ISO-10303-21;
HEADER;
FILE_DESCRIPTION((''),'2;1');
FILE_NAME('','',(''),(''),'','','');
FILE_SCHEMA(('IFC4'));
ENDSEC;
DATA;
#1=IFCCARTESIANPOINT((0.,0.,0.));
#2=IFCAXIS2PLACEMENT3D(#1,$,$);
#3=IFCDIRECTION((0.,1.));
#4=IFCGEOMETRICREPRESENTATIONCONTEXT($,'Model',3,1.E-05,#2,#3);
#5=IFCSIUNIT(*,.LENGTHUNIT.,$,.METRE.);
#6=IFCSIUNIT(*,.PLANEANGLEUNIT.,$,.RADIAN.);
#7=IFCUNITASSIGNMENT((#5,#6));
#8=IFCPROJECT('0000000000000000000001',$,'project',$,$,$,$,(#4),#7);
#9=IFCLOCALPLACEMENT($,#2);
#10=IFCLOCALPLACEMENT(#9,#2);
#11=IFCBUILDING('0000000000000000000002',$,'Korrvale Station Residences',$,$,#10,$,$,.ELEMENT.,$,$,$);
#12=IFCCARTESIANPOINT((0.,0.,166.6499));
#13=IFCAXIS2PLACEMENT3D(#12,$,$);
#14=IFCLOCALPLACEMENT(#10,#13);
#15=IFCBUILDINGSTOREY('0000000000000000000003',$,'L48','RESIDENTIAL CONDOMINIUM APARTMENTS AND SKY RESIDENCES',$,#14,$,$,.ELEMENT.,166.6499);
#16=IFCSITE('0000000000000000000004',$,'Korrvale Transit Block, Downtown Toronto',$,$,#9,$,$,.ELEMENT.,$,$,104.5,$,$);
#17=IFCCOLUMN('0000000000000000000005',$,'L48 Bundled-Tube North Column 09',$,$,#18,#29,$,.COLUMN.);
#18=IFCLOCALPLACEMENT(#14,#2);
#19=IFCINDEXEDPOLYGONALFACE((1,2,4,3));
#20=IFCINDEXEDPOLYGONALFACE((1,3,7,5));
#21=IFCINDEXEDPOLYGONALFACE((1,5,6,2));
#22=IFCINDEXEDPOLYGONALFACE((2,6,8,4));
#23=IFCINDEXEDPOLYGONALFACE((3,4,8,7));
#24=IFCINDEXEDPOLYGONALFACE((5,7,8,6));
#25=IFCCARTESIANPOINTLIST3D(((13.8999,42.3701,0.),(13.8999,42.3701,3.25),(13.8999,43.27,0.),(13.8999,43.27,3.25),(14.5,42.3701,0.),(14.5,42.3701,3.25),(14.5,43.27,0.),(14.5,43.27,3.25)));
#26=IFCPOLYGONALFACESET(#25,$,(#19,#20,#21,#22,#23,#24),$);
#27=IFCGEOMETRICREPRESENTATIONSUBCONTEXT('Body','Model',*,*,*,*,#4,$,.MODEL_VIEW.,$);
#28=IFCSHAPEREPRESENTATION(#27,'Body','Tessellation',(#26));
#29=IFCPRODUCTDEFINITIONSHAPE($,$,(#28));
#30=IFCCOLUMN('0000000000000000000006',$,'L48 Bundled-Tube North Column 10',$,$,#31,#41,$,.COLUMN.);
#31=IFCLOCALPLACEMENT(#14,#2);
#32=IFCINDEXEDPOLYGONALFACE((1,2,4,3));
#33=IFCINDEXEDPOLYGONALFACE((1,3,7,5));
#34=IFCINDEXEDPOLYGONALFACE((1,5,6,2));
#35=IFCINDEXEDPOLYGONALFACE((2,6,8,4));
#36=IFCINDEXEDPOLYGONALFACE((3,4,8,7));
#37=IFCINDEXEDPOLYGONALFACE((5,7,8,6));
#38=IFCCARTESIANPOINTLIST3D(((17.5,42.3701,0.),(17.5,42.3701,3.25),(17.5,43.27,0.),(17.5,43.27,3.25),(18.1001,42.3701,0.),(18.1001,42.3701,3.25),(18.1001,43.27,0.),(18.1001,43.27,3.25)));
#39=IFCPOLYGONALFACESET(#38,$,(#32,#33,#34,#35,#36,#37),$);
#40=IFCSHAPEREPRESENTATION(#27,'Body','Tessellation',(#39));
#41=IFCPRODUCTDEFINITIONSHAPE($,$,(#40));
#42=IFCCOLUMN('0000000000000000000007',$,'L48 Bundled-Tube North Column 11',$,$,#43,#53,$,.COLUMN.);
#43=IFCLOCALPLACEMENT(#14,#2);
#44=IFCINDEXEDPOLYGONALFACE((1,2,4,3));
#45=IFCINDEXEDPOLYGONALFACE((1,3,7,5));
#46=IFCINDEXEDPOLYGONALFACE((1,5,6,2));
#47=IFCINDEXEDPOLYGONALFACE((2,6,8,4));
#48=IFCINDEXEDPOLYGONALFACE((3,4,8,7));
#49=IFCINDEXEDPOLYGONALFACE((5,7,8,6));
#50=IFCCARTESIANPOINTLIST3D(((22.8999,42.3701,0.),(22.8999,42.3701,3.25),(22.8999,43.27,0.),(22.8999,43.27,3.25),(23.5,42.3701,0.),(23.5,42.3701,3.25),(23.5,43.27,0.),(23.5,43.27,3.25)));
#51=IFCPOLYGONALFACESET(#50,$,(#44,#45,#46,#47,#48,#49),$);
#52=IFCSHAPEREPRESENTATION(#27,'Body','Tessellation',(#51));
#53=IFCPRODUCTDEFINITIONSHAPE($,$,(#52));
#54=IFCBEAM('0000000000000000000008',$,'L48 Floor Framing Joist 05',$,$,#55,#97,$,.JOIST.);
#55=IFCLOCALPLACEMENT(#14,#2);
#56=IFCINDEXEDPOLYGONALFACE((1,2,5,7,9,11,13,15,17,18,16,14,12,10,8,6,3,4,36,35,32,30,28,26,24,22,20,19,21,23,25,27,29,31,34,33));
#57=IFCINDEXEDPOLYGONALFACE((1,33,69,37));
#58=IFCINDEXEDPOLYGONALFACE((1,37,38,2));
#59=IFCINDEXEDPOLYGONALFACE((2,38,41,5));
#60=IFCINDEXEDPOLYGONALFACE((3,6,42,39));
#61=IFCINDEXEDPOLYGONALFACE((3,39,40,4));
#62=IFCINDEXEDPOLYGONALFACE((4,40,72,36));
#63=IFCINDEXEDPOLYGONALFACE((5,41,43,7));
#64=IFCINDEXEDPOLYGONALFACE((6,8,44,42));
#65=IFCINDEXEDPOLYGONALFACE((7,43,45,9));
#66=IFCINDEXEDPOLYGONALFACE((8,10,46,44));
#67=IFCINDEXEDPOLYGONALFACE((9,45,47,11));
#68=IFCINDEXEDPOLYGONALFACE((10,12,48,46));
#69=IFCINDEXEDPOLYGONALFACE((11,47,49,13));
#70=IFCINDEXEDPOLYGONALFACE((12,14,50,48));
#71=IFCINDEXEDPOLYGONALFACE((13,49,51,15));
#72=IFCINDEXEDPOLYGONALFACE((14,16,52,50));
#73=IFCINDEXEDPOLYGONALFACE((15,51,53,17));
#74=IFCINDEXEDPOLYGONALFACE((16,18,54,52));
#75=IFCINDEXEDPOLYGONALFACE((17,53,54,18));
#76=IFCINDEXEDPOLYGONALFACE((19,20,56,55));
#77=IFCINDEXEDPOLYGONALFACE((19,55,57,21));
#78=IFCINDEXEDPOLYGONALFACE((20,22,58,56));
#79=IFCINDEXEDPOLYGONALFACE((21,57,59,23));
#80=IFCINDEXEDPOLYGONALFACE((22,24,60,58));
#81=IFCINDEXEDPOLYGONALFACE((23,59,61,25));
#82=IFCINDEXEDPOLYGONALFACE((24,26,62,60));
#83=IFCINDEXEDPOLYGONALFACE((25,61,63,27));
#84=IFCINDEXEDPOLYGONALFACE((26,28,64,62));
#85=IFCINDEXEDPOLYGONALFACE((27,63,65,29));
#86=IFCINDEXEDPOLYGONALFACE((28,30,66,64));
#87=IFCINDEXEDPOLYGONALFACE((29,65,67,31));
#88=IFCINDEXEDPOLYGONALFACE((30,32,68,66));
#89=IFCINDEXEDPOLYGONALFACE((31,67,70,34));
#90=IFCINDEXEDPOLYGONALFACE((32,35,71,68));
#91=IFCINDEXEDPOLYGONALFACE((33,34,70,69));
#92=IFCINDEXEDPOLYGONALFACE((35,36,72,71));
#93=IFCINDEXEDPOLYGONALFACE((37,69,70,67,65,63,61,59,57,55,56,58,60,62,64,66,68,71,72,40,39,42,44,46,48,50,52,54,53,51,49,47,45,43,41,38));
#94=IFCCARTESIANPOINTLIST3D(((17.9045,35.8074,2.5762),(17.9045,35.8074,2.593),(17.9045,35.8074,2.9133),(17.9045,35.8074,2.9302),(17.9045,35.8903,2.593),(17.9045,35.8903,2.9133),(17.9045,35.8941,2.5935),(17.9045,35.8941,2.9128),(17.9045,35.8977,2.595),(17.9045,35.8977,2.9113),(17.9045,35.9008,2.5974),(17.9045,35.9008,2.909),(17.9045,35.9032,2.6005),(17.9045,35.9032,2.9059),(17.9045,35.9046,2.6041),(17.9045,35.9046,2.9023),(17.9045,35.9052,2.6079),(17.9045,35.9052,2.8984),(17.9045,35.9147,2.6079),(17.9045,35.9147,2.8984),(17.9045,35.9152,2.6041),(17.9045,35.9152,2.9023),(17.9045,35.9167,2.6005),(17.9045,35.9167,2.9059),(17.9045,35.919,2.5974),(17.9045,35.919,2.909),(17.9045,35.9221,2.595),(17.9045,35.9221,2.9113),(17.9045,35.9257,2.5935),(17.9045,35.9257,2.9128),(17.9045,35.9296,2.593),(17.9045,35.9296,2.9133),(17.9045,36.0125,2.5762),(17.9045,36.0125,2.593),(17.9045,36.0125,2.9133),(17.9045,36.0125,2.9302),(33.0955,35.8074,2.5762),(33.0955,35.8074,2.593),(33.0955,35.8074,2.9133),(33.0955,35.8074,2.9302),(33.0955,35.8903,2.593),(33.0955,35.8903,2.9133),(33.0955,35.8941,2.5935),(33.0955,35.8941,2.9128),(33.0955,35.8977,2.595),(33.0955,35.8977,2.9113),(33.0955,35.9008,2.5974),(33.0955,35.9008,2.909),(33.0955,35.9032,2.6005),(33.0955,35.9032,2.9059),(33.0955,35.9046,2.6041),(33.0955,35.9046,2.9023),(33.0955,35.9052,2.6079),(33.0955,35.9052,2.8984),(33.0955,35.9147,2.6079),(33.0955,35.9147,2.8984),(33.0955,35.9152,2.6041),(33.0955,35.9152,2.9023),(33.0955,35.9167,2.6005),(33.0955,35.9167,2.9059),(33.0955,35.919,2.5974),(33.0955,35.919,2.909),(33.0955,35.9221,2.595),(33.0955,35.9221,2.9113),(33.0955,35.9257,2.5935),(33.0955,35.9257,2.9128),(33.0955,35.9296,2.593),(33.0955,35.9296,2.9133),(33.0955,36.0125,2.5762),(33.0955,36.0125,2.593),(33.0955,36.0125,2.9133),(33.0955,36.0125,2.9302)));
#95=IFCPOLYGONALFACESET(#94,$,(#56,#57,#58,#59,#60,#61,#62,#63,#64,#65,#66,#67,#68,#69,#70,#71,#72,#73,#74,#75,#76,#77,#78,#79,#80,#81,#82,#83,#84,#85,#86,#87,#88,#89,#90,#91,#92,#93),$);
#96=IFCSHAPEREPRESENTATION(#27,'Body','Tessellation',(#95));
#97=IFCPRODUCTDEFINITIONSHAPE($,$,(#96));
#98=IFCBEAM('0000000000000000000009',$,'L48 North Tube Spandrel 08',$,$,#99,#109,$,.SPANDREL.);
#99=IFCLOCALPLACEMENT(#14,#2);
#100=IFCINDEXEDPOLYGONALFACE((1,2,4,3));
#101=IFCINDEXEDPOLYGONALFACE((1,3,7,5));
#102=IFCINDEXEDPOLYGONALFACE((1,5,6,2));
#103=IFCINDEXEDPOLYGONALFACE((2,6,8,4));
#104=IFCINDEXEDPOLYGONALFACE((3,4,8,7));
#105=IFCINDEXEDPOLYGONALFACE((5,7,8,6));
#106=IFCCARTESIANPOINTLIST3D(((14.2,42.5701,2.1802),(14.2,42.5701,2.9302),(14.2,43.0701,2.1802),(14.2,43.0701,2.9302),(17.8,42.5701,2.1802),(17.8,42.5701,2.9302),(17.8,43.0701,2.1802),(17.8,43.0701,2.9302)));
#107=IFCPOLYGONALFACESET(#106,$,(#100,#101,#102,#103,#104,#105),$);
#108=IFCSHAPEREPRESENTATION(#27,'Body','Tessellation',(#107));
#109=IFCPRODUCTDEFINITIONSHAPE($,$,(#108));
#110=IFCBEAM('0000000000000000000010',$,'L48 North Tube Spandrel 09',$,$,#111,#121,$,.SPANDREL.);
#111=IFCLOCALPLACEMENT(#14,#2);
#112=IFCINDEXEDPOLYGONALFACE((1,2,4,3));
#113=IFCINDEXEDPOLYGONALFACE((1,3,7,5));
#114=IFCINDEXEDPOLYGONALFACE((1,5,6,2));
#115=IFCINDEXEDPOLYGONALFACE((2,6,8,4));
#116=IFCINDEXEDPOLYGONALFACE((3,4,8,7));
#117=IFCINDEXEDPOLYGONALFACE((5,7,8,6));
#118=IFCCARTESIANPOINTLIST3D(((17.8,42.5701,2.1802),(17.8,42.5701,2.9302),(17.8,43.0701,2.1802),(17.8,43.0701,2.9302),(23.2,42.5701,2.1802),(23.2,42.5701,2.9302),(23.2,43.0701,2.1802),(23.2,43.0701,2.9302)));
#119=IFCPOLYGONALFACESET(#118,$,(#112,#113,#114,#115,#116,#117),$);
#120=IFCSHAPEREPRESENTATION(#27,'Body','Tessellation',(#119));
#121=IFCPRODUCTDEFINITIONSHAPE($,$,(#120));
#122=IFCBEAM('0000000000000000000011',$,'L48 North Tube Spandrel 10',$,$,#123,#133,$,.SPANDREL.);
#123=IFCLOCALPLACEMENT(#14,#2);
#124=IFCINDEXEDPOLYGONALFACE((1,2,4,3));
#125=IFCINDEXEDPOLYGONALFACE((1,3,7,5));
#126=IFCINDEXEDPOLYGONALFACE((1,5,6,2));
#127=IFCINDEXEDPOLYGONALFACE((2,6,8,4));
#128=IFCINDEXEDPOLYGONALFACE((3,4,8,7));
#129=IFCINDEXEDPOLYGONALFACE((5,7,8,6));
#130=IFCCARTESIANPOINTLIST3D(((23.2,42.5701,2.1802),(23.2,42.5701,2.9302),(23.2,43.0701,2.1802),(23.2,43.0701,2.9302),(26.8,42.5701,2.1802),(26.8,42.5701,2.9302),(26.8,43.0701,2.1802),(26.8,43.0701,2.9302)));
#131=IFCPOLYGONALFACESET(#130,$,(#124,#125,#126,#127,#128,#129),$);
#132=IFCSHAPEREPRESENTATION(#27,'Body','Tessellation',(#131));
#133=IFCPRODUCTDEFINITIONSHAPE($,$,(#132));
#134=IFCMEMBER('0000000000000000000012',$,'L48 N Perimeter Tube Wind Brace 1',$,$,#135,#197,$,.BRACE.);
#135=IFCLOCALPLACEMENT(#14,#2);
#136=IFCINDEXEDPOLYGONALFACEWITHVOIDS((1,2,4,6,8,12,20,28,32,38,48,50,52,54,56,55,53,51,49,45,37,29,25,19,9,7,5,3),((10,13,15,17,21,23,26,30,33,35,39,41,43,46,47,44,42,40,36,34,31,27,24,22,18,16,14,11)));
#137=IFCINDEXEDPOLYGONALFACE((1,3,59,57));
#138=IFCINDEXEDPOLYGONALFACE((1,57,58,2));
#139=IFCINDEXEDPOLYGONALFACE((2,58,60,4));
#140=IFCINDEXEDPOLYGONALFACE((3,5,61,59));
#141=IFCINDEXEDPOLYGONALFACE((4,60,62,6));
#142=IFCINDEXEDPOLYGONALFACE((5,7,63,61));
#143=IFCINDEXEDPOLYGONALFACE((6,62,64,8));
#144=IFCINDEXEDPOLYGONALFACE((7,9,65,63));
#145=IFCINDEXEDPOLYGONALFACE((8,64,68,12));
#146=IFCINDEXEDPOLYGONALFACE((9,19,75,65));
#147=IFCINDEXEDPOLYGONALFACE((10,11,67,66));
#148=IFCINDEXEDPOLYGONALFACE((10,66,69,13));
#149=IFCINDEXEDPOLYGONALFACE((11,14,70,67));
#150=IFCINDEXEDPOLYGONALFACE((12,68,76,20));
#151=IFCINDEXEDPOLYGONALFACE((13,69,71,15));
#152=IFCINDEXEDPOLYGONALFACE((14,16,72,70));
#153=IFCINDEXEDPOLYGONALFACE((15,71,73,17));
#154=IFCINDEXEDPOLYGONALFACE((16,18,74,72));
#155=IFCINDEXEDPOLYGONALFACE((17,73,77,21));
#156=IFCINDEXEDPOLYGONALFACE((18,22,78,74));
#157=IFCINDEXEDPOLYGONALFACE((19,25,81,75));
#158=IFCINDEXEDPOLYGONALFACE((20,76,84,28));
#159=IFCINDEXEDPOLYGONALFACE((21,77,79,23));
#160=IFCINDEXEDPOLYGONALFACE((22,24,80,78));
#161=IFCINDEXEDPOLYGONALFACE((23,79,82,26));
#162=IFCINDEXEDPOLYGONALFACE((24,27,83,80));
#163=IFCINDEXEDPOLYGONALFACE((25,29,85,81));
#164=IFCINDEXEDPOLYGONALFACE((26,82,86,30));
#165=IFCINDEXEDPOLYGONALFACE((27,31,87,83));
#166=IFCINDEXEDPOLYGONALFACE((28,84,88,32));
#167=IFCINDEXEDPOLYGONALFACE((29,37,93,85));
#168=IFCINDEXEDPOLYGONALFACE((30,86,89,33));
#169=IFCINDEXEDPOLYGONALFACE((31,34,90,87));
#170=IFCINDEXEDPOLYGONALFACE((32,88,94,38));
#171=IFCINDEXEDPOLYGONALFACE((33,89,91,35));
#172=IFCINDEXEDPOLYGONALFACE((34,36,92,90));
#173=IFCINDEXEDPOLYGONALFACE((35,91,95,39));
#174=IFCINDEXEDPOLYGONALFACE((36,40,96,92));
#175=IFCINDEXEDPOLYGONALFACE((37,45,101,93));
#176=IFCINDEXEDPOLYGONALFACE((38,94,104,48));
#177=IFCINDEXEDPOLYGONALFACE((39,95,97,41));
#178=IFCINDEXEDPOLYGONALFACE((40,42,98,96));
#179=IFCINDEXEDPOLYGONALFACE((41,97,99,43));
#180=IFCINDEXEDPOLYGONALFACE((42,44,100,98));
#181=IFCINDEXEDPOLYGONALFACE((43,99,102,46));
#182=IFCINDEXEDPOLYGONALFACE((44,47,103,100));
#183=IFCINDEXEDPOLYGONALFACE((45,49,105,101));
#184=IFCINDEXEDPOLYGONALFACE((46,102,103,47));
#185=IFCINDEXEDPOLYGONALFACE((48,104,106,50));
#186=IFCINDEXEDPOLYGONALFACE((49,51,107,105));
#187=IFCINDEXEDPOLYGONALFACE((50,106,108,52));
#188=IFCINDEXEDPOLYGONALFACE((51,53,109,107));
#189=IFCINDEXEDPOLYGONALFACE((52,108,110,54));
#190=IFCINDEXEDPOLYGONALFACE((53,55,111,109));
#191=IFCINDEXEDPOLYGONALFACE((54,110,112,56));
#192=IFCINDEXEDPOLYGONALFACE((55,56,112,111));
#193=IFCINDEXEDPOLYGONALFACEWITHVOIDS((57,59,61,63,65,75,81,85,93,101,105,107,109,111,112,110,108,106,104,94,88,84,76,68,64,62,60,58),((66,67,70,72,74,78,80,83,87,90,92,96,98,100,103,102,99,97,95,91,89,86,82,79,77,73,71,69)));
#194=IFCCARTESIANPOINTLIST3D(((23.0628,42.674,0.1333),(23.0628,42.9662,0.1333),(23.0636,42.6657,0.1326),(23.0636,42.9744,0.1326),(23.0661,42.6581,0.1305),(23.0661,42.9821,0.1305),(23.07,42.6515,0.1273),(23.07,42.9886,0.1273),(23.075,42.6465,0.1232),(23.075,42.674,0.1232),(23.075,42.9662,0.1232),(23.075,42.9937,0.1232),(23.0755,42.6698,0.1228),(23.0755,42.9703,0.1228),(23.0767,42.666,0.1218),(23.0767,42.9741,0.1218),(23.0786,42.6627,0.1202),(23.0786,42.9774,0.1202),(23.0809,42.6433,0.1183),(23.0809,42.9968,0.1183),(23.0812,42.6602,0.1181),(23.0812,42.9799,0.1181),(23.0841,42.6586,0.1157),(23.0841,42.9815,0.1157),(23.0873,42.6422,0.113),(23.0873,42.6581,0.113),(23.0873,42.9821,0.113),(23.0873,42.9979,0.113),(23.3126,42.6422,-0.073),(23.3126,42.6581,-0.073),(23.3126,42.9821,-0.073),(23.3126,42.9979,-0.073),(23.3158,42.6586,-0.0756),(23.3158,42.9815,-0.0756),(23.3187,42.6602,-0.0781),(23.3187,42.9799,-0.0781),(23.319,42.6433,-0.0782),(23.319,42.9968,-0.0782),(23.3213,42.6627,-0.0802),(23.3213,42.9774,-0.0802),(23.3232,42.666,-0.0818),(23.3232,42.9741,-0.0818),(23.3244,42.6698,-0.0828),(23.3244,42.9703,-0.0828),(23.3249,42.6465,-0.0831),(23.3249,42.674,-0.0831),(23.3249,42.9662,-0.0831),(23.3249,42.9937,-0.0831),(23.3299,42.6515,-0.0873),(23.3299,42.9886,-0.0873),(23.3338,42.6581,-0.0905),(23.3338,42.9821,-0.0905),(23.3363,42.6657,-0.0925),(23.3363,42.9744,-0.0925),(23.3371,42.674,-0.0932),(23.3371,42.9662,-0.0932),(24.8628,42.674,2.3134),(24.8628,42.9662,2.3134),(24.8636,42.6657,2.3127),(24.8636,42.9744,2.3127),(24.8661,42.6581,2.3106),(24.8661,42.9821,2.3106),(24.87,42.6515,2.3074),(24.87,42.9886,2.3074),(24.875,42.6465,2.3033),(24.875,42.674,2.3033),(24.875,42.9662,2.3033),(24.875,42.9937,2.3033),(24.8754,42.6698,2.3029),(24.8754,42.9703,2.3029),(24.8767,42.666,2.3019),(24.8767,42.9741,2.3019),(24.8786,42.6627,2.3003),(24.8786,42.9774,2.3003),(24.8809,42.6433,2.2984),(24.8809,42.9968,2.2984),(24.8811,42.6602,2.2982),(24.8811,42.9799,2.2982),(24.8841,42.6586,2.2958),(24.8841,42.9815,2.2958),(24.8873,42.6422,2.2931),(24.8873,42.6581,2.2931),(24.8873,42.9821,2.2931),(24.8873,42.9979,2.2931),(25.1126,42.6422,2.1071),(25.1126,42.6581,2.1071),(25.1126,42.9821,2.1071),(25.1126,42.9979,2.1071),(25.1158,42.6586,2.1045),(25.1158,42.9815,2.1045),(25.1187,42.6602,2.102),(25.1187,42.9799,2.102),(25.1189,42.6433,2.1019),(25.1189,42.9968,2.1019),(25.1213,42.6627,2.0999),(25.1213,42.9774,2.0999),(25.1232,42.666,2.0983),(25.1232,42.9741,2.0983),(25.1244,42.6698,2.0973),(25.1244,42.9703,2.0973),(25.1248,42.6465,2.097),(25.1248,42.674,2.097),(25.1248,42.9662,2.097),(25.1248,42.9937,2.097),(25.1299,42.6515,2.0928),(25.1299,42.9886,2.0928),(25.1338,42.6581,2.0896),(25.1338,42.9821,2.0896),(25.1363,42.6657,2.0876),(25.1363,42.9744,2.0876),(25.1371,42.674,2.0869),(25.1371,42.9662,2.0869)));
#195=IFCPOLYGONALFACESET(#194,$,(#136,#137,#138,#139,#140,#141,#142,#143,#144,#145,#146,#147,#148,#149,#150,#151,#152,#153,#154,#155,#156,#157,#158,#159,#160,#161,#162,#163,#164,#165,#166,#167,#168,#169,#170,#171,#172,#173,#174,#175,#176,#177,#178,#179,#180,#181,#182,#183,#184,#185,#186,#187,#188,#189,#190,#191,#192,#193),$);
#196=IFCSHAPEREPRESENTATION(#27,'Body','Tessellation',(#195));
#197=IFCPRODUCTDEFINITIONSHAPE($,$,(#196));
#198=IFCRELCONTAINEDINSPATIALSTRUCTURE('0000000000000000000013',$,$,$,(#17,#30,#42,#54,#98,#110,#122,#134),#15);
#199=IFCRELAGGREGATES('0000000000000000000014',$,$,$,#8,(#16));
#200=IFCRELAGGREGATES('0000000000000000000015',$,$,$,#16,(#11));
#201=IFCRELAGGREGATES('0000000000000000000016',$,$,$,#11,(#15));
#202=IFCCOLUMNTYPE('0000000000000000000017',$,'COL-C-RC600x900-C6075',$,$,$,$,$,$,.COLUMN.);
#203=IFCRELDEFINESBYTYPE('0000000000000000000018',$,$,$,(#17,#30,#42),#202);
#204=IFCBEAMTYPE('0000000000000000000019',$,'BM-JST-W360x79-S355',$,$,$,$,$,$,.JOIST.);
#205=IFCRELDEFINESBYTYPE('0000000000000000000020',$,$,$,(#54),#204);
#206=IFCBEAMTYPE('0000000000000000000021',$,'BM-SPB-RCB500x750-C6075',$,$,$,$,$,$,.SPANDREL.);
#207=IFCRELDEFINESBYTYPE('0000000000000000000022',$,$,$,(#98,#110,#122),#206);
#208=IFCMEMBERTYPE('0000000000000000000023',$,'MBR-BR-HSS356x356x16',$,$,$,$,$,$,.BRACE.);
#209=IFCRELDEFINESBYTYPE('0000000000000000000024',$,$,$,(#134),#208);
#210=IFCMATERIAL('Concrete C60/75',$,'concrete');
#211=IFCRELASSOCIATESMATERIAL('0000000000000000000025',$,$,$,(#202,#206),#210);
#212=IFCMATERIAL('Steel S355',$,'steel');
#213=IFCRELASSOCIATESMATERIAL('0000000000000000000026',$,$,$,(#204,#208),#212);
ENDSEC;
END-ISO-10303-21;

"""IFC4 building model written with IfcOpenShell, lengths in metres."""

from ifc_helpers import new_model, si_unit, direction, frame, origin, origin_2d, place, context, subcontext, project, spatial, rectangle, hollow_rectangle, i_section, extrude, material, material_profile, profile_set, type_object, element, save


model = new_model("IFC4")

# Units and contexts
model_context = context("Model", 3, precision=1e-05, world=origin(), true_north=direction((0.0, 1.0)))
body_context = subcontext(model_context, "Body", "Model", "MODEL_VIEW")
ifc_project = project(units=[si_unit("LENGTHUNIT", "METRE"), si_unit("PLANEANGLEUNIT", "RADIAN")], contexts=[model_context])

# Site, building, storey
site_placement = place(None, origin())
site = spatial("IfcSite", under=ifc_project, at=site_placement, Name="Korrvale Transit Block, Downtown Toronto", CompositionType="ELEMENT", RefElevation=104.5)
building_placement = place(site_placement, origin())
building = spatial("IfcBuilding", under=site, at=building_placement, Name="Korrvale Station Residences", CompositionType="ELEMENT")
storey_placement = place(building_placement, frame((0.0, 0.0, 166.6499)))
storey = spatial("IfcBuildingStorey", under=building, at=storey_placement, Name="L48", Description="RESIDENTIAL CONDOMINIUM APARTMENTS AND SKY RESIDENCES", CompositionType="ELEMENT", Elevation=166.6499)

# Columns
ifc_material_1 = material(Name="Concrete C60/75", Category="concrete")
ifc_material_profile_1 = material_profile(ifc_material_1, rectangle(XDim=0.6001, YDim=0.8999, at=origin_2d()), Name="RC600x900")
ifc_profile_set_1 = profile_set([ifc_material_profile_1], Name="Concrete C60/75")
column_type = type_object("IfcColumnType", Name="COL-C-RC600x900-C6075", PredefinedType="COLUMN", material=ifc_profile_set_1)
for number, where, z_axis, x_axis, name in (
    (1, (14.2, 42.8201, 0.0), (0.0, 0.0, 1.0), (1.0, 0.0, 0.0), "L48 Bundled-Tube North Column 09"),
    (2, (17.8, 42.8201, 0.0), (0.0, 0.0, 1.0), (1.0, 0.0, 0.0), "L48 Bundled-Tube North Column 10"),
    (3, (23.2, 42.8201, 0.0), (0.0, 0.0, 1.0), (1.0, 0.0, 0.0), "L48 Bundled-Tube North Column 11"),
):
    element("IfcColumn", number, at=place(storey_placement, frame(where, z_axis=z_axis, x_axis=x_axis)), inside=storey, type_object=column_type, Name=name, PredefinedType="COLUMN", context=body_context, shape_type="SweptSolid", body=[
        extrude(rectangle(XDim=0.6001, YDim=0.8999, at=origin_2d()), origin(), (0.0, 0.0, 1.0), 3.25),
    ])

# Beams
ifc_material_2 = material(Name="Steel S355", Category="steel")
ifc_material_profile_2 = material_profile(ifc_material_2, i_section(OverallWidth=0.2051, OverallDepth=0.354, WebThickness=0.0095, FlangeThickness=0.0168, FilletRadius=0.0149, at=origin_2d()), Name="W360x79")
ifc_profile_set_2 = profile_set([ifc_material_profile_2], Name="Steel S355")
beam_type_1 = type_object("IfcBeamType", Name="BM-JST-W360x79-S355", PredefinedType="JOIST", material=ifc_profile_set_2)
beam_1_placement = place(storey_placement, frame((17.9045, 35.9099, 2.7532), z_axis=(1.0, 0.0, 0.0), x_axis=(0.0, 1.0, 0.0)))
element("IfcBeam", 4, at=beam_1_placement, inside=storey, type_object=beam_type_1, Name="L48 Floor Framing Joist 05", PredefinedType="JOIST", context=body_context, shape_type="SweptSolid", body=[
    extrude(i_section(OverallWidth=0.2051, OverallDepth=0.354, WebThickness=0.0095, FlangeThickness=0.0168, FilletRadius=0.0149, at=origin_2d()), origin(), (0.0, 0.0, 1.0), 15.1909),
])
ifc_material_profile_3 = material_profile(ifc_material_1, rectangle(XDim=0.5, YDim=0.75, at=origin_2d()), Name="RCB500x750")
ifc_profile_set_3 = profile_set([ifc_material_profile_3], Name="Concrete C60/75")
beam_type_2 = type_object("IfcBeamType", Name="BM-SPB-RCB500x750-C6075", PredefinedType="SPANDREL", material=ifc_profile_set_3)
beam_2_placement = place(storey_placement, frame((14.2, 42.8201, 2.5552), z_axis=(1.0, 0.0, 0.0), x_axis=(0.0, 1.0, 0.0)))
element("IfcBeam", 5, at=beam_2_placement, inside=storey, type_object=beam_type_2, Name="L48 North Tube Spandrel 08", PredefinedType="SPANDREL", context=body_context, shape_type="SweptSolid", body=[
    extrude(rectangle(XDim=0.5, YDim=0.75, at=origin_2d()), origin(), (0.0, 0.0, 1.0), 3.6001),
])
beam_3_placement = place(storey_placement, frame((17.8, 42.8201, 2.5552), z_axis=(1.0, 0.0, 0.0), x_axis=(0.0, 1.0, 0.0)))
element("IfcBeam", 6, at=beam_3_placement, inside=storey, type_object=beam_type_2, Name="L48 North Tube Spandrel 09", PredefinedType="SPANDREL", context=body_context, shape_type="SweptSolid", body=[
    extrude(rectangle(XDim=0.5, YDim=0.75, at=origin_2d()), origin(), (0.0, 0.0, 1.0), 5.3999),
])
beam_4_placement = place(storey_placement, frame((23.2, 42.8201, 2.5552), z_axis=(1.0, 0.0, 0.0), x_axis=(0.0, 1.0, 0.0)))
element("IfcBeam", 7, at=beam_4_placement, inside=storey, type_object=beam_type_2, Name="L48 North Tube Spandrel 10", PredefinedType="SPANDREL", context=body_context, shape_type="SweptSolid", body=[
    extrude(rectangle(XDim=0.5, YDim=0.75, at=origin_2d()), origin(), (0.0, 0.0, 1.0), 3.6001),
])

# Member
ifc_material_profile_4 = material_profile(ifc_material_2, hollow_rectangle(XDim=0.3557, YDim=0.3557, WallThickness=0.0159, InnerFilletRadius=0.0159, OuterFilletRadius=0.0317, at=origin_2d()), Name="HSS356x356x16")
ifc_profile_set_4 = profile_set([ifc_material_profile_4], Name="Steel S355")
member_type = type_object("IfcMemberType", Name="MBR-BR-HSS356x356x16", PredefinedType="BRACE", material=ifc_profile_set_4)
member_placement = place(storey_placement, frame((23.2, 42.8201, 0.02), z_axis=(0.636678, 0.0, 0.771129), x_axis=(0.0, 1.0, 0.0)))
element("IfcMember", 8, at=member_placement, inside=storey, type_object=member_type, Name="L48 N Perimeter Tube Wind Brace 1", PredefinedType="BRACE", context=body_context, shape_type="SweptSolid", body=[
    extrude(hollow_rectangle(XDim=0.3557, YDim=0.3557, WallThickness=0.0159, InnerFilletRadius=0.0159, OuterFilletRadius=0.0317, at=origin_2d()), origin(), (0.0, 0.0, 1.0), 2.8271),
])

save(model, "model.ifc")
